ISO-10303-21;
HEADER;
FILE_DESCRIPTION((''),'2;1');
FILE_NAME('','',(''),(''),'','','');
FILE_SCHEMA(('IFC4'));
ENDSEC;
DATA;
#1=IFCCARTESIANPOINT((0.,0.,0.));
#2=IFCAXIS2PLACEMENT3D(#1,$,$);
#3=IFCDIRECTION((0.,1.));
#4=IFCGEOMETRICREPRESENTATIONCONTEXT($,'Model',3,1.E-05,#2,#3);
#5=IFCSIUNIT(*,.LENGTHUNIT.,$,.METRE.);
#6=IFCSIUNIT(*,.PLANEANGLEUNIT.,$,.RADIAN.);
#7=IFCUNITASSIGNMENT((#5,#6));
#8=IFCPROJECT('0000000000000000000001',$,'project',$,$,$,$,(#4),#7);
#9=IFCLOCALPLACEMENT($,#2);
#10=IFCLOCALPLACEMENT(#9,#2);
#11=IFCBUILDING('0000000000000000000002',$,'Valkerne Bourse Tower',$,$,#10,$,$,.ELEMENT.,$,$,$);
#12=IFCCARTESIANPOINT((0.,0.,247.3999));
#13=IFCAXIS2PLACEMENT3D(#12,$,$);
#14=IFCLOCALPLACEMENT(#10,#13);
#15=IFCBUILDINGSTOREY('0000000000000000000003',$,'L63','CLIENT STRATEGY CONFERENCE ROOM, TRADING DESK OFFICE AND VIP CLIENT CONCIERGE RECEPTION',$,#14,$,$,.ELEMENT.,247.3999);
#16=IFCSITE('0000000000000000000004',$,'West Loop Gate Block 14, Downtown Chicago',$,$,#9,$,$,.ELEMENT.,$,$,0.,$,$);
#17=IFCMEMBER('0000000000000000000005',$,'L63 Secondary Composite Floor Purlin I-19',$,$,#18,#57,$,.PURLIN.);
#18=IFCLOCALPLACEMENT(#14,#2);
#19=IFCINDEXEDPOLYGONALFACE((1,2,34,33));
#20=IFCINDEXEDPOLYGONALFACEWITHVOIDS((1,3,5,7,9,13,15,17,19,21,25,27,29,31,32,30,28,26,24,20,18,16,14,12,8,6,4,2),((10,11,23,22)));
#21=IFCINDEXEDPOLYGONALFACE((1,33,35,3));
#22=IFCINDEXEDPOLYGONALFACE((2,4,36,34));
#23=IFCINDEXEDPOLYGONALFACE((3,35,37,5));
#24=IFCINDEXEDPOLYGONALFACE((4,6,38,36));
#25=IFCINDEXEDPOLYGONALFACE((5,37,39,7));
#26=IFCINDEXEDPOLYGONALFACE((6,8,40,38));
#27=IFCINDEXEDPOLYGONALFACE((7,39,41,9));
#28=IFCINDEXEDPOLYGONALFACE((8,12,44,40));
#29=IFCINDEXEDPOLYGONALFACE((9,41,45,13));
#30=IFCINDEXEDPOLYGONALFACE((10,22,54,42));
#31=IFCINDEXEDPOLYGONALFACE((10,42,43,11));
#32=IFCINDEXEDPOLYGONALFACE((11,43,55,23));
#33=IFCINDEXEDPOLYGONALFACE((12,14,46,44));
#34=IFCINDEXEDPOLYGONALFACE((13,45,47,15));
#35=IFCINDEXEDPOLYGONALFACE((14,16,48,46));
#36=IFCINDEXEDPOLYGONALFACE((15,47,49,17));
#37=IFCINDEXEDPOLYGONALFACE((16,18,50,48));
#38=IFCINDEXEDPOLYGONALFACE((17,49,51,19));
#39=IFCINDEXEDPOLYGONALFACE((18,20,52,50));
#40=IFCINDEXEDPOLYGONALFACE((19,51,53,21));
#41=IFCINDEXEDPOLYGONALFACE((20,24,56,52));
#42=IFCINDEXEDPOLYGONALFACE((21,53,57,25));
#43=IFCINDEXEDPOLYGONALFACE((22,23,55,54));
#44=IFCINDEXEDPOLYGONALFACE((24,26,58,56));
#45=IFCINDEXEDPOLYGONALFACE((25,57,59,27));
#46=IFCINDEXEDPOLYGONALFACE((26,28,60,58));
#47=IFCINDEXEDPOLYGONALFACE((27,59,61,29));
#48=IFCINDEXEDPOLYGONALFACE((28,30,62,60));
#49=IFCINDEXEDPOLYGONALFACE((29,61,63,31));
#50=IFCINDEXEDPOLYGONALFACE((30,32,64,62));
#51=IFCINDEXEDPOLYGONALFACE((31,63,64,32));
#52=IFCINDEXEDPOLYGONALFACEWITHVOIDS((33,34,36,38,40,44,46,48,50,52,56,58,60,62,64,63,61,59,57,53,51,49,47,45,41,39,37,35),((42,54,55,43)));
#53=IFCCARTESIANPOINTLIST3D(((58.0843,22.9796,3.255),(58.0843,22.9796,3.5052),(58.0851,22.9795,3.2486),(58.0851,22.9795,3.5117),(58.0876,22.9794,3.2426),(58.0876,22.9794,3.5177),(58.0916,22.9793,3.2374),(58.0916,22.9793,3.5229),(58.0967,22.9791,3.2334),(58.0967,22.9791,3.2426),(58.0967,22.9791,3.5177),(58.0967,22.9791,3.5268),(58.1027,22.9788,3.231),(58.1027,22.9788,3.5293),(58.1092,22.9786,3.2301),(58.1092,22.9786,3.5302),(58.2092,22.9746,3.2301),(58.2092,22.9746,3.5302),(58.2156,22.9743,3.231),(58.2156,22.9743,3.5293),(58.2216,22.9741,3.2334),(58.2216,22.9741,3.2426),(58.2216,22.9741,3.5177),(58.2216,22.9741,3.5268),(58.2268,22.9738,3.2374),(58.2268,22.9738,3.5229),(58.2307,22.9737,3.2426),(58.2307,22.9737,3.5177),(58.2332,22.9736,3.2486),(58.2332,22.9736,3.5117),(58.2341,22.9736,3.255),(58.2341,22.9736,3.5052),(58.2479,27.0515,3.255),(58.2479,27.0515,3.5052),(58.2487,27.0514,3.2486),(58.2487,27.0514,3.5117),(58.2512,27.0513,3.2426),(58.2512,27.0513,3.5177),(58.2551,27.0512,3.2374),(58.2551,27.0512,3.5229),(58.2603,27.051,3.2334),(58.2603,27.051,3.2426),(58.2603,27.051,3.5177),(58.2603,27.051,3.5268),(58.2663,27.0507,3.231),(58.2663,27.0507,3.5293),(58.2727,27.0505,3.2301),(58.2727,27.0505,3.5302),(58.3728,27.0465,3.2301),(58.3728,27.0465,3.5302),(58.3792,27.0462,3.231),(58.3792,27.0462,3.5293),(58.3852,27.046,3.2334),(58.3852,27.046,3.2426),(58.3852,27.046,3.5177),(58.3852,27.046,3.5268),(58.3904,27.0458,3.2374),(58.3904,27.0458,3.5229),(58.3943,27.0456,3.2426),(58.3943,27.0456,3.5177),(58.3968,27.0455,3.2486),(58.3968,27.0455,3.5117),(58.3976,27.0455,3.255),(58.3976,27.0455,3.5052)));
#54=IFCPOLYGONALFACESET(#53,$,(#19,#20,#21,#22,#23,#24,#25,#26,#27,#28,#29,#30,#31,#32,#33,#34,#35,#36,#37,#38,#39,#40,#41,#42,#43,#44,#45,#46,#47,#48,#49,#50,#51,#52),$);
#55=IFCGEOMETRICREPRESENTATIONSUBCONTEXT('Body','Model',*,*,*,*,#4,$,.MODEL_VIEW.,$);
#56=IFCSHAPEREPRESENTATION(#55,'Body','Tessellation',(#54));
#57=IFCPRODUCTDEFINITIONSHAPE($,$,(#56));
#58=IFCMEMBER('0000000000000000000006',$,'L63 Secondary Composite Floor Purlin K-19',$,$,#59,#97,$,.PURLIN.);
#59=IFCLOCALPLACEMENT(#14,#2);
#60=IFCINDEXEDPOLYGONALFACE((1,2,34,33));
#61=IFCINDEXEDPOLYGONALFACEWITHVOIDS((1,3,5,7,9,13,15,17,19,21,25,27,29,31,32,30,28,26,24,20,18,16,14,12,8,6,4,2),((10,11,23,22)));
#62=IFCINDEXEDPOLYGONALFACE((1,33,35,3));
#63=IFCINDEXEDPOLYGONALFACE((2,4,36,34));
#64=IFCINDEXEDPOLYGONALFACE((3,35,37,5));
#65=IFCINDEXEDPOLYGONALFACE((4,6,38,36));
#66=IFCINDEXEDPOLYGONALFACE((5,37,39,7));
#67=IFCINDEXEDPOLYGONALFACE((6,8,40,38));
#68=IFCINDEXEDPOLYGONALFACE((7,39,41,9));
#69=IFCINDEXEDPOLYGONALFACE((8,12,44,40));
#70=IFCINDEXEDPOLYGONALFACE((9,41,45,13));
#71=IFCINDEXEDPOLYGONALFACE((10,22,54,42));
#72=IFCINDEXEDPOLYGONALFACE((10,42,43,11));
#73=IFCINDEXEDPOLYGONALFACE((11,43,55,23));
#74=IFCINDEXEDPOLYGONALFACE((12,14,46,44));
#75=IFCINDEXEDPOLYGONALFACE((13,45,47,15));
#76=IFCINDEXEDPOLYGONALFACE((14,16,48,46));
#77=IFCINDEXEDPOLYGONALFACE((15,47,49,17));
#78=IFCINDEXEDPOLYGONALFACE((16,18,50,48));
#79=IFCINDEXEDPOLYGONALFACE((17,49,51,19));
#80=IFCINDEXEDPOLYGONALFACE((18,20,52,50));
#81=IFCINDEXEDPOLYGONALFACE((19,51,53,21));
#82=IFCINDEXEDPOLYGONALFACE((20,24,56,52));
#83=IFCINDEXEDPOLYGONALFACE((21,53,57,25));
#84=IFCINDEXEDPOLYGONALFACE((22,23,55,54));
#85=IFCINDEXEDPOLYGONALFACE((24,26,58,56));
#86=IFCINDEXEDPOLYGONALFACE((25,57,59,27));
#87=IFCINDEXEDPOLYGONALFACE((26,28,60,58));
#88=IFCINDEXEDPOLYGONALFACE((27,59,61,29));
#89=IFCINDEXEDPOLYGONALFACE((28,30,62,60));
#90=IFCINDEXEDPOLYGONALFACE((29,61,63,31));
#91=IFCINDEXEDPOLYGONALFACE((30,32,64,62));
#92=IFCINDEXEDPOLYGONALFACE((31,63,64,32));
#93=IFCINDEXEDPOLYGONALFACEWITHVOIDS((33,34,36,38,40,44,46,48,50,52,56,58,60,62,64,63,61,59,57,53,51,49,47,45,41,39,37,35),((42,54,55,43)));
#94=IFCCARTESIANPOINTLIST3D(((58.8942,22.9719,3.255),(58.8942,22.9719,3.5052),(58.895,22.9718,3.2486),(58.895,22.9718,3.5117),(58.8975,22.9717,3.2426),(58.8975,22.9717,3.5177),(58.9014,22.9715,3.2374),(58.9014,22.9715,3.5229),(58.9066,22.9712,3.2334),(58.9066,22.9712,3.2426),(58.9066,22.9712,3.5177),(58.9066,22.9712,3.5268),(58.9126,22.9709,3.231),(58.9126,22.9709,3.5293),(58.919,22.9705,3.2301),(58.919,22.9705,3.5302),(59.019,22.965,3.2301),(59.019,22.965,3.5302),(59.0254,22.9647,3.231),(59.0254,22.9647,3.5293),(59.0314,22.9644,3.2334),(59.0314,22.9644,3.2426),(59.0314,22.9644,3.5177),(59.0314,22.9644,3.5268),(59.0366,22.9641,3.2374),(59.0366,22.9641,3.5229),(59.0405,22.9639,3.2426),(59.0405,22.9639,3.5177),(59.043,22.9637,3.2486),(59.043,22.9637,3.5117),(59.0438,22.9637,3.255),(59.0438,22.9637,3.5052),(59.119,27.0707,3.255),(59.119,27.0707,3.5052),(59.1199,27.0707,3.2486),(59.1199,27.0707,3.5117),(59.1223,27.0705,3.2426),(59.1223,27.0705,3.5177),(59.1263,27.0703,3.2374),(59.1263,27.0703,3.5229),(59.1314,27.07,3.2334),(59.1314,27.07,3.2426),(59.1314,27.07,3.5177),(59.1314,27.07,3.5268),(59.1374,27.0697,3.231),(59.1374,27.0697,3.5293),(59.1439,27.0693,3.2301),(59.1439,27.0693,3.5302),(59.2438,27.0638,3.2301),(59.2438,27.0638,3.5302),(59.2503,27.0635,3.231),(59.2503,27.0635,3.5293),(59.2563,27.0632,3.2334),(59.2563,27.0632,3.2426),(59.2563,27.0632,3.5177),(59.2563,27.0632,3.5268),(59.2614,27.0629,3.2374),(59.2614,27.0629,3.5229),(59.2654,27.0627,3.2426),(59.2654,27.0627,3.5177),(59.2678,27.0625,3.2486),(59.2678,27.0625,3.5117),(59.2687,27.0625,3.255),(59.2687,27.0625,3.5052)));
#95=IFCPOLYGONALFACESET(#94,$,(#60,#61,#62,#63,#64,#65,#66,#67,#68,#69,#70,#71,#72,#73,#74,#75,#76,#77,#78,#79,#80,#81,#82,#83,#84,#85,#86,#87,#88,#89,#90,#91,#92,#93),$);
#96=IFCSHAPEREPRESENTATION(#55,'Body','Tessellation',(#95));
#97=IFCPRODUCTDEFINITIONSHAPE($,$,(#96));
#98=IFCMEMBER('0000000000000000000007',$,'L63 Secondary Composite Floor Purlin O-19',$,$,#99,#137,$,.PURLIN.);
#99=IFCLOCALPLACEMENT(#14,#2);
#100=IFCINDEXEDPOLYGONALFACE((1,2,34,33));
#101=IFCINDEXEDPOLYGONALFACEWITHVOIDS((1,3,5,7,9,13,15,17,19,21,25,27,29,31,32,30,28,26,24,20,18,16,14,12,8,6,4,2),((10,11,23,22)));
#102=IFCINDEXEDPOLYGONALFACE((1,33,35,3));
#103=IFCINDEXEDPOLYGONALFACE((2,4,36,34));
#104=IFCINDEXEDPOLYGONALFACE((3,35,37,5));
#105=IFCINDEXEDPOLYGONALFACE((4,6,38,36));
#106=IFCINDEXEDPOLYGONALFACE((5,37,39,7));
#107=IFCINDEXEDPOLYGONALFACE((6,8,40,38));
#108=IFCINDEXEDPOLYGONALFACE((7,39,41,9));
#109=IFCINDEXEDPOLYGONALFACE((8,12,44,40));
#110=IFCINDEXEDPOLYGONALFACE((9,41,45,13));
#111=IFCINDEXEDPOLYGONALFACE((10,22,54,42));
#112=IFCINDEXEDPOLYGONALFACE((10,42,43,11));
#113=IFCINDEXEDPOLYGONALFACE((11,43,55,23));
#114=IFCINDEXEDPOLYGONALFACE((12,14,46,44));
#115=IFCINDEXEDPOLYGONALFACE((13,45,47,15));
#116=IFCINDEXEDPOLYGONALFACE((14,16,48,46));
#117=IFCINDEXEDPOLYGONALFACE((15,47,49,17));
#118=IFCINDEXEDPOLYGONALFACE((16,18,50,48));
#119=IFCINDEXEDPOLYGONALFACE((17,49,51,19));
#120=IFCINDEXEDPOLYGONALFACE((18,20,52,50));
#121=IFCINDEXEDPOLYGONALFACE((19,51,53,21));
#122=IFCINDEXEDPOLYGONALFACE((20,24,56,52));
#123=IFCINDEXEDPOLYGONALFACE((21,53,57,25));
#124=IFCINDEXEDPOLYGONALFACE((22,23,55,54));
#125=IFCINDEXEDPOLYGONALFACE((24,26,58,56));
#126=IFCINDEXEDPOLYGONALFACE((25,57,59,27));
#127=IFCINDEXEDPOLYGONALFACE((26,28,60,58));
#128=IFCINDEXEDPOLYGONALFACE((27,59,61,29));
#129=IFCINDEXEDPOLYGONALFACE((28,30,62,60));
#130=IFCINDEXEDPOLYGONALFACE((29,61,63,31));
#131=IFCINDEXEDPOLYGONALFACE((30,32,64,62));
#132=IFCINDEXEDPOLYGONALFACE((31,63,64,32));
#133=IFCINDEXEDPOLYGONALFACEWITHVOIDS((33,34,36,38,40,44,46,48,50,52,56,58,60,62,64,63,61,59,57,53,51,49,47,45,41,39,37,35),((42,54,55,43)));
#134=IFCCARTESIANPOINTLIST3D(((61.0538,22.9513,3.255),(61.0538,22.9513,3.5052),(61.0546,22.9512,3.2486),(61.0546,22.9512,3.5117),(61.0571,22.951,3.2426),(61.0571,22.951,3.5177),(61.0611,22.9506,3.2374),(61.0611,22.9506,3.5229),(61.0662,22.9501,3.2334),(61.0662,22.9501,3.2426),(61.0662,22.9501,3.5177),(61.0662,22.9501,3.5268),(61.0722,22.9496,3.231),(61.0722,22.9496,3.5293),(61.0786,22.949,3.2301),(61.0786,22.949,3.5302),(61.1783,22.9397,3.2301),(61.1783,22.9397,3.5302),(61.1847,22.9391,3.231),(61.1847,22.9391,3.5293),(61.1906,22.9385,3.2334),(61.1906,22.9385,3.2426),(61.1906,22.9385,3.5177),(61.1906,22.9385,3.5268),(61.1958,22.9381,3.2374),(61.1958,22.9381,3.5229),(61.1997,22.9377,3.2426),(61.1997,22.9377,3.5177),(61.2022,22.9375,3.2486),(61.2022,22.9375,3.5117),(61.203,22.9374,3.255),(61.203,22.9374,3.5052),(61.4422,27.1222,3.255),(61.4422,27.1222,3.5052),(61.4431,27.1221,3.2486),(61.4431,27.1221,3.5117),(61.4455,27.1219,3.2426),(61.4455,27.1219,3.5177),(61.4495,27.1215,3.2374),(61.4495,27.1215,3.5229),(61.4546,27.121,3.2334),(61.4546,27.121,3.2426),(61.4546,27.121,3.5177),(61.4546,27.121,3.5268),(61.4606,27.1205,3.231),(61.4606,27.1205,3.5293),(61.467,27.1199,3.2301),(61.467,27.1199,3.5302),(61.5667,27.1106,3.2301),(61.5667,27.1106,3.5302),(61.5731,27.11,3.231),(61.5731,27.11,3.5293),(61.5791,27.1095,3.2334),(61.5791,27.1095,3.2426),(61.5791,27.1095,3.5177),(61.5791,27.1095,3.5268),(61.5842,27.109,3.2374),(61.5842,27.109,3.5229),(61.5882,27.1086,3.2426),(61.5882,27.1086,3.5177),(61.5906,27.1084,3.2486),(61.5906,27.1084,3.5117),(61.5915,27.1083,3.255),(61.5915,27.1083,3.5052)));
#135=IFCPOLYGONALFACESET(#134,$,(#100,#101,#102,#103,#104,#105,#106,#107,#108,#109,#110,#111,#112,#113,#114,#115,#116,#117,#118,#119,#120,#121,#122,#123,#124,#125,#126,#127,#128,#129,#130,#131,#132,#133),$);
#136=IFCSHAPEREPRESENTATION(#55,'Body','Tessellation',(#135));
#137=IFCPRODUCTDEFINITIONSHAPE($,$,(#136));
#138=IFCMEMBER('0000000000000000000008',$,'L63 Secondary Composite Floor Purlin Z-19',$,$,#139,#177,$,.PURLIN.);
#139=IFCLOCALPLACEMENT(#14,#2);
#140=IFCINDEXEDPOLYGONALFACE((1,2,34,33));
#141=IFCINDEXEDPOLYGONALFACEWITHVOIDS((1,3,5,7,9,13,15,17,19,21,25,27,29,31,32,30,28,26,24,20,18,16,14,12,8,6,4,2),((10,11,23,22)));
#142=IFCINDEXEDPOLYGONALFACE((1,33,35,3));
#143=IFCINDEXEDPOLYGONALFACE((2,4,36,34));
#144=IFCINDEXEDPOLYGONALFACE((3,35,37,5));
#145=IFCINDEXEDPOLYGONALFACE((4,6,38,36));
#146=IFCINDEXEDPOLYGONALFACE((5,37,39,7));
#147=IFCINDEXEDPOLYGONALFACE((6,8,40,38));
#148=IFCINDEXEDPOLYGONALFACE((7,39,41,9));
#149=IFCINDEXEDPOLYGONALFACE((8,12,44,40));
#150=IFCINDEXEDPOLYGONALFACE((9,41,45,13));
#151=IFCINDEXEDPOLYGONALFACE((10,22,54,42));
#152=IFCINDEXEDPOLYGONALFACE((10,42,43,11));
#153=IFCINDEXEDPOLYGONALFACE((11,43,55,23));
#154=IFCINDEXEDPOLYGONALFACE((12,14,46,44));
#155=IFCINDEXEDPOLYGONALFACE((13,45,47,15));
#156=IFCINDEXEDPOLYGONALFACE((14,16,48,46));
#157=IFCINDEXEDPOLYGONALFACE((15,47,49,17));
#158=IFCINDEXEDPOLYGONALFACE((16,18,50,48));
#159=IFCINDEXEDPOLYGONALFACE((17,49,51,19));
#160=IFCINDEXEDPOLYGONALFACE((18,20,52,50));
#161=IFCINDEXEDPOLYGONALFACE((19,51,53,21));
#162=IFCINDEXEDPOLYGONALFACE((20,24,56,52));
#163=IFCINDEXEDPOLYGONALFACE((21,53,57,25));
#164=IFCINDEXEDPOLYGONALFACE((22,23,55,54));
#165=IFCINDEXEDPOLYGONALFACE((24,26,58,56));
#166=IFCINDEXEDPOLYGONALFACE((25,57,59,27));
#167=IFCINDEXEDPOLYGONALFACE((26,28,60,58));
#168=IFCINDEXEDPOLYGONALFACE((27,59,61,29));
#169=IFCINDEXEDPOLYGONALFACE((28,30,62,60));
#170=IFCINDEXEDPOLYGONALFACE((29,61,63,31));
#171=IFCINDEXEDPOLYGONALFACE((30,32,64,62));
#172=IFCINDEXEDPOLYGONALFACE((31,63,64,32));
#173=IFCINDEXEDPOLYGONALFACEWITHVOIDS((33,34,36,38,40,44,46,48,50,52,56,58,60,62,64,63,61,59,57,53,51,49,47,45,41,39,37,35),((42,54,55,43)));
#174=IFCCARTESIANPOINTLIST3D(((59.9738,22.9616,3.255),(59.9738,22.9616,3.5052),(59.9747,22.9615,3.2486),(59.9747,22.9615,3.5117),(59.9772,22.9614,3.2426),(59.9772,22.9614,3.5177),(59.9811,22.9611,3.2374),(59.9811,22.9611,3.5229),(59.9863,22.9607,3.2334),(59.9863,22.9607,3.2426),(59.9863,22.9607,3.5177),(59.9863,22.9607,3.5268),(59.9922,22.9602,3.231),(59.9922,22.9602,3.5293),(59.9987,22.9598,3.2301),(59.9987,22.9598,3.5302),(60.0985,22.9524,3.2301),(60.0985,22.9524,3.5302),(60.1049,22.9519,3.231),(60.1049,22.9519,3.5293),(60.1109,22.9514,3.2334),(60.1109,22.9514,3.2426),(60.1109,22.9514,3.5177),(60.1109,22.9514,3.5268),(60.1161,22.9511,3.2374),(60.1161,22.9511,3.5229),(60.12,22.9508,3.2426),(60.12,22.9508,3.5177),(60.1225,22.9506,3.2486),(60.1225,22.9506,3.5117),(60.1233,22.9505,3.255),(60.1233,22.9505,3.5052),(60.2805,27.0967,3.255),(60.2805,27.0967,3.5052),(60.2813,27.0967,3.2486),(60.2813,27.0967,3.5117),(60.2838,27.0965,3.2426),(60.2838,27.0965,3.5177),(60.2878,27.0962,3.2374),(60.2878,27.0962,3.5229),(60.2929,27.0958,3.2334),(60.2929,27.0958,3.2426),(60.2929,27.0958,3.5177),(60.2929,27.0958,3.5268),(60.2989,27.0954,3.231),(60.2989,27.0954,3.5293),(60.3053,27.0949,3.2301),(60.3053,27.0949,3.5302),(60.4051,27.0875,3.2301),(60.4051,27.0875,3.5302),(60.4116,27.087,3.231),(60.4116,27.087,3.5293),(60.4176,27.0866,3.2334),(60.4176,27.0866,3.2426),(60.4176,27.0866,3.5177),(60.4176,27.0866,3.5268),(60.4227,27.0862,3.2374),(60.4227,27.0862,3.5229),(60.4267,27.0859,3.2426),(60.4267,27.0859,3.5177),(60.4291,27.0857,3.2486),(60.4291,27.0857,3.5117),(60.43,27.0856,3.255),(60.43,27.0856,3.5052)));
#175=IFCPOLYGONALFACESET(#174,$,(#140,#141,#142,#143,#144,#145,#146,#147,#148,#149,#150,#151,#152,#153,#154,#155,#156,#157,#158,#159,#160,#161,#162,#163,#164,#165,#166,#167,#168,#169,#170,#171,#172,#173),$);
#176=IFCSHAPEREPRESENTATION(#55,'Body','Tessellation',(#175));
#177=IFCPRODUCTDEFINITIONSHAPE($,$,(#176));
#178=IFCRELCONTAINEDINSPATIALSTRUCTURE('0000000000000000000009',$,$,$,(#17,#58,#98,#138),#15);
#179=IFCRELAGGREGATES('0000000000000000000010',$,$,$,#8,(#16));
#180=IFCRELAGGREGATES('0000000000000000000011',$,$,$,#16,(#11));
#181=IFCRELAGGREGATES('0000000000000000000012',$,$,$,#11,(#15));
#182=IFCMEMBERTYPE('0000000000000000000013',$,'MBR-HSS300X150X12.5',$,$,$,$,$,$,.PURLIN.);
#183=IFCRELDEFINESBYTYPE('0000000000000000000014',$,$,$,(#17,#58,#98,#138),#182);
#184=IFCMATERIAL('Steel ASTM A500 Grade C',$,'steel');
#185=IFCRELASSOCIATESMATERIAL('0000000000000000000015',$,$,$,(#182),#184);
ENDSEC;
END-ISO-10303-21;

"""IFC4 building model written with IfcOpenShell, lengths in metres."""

from ifc_helpers import new_model, si_unit, direction, frame, origin, origin_2d, place, context, subcontext, project, spatial, hollow_rectangle, extrude, material, material_profile, profile_set, type_object, element, save


model = new_model("IFC4")

# Units and contexts
model_context = context("Model", 3, precision=1e-05, world=origin(), true_north=direction((0.0, 1.0)))
body_context = subcontext(model_context, "Body", "Model", "MODEL_VIEW")
ifc_project = project(units=[si_unit("LENGTHUNIT", "METRE"), si_unit("PLANEANGLEUNIT", "RADIAN")], contexts=[model_context])

# Site, building, storey
site_placement = place(None, origin())
site = spatial("IfcSite", under=ifc_project, at=site_placement, Name="West Loop Gate Block 14, Downtown Chicago", CompositionType="ELEMENT", RefElevation=0.0)
building_placement = place(site_placement, origin())
building = spatial("IfcBuilding", under=site, at=building_placement, Name="Valkerne Bourse Tower", CompositionType="ELEMENT")
storey_placement = place(building_placement, frame((0.0, 0.0, 247.3999)))
storey = spatial("IfcBuildingStorey", under=building, at=storey_placement, Name="L63", Description="CLIENT STRATEGY CONFERENCE ROOM, TRADING DESK OFFICE AND VIP CLIENT CONCIERGE RECEPTION", CompositionType="ELEMENT", Elevation=247.3999)

# Members
ifc_material_1 = material(Name="Steel ASTM A500 Grade C", Category="steel")
ifc_material_profile_1 = material_profile(ifc_material_1, hollow_rectangle(XDim=0.1499, YDim=0.3, WallThickness=0.0125, OuterFilletRadius=0.0249, at=origin_2d()), Name="HSS300X150X12.5")
ifc_profile_set_1 = profile_set([ifc_material_profile_1], Name="Steel ASTM A500 Grade C")
member_type_1 = type_object("IfcMemberType", Name="MBR-HSS300X150X12.5", PredefinedType="PURLIN", material=ifc_profile_set_1)
member_1_placement = place(storey_placement, frame((58.1592, 22.9766, 3.3801), z_axis=(0.040138, 0.999194, 0.0), x_axis=(-0.999194, 0.040138, 0.0)))
element("IfcMember", 1, at=member_1_placement, inside=storey, type_object=member_type_1, Name="L63 Secondary Composite Floor Purlin I-19", PredefinedType="PURLIN", context=body_context, shape_type="SweptSolid", body=[
    extrude(hollow_rectangle(XDim=0.1499, YDim=0.3, WallThickness=0.0125, OuterFilletRadius=0.0249, at=origin_2d()), origin(), (0.0, 0.0, 1.0), 4.0752),
])
member_2_placement = place(storey_placement, frame((58.969, 22.9678, 3.3801), z_axis=(0.054775, 0.998499, 0.0), x_axis=(-0.998499, 0.054775, 0.0)))
element("IfcMember", 2, at=member_2_placement, inside=storey, type_object=member_type_1, Name="L63 Secondary Composite Floor Purlin K-19", PredefinedType="PURLIN", context=body_context, shape_type="SweptSolid", body=[
    extrude(hollow_rectangle(XDim=0.1499, YDim=0.3, WallThickness=0.0125, OuterFilletRadius=0.0249, at=origin_2d()), origin(), (0.0, 0.0, 1.0), 4.105),
])
member_3_placement = place(storey_placement, frame((61.1284, 22.9443, 3.3801), z_axis=(0.092727, 0.995692, 0.0), x_axis=(-0.995692, 0.092727, 0.0)))
element("IfcMember", 3, at=member_3_placement, inside=storey, type_object=member_type_1, Name="L63 Secondary Composite Floor Purlin O-19", PredefinedType="PURLIN", context=body_context, shape_type="SweptSolid", body=[
    extrude(hollow_rectangle(XDim=0.1499, YDim=0.3, WallThickness=0.0125, OuterFilletRadius=0.0249, at=origin_2d()), origin(), (0.0, 0.0, 1.0), 4.189),
])
member_4_placement = place(storey_placement, frame((60.0486, 22.9561, 3.3801), z_axis=(0.073954, 0.997262, 0.0), x_axis=(-0.997262, 0.073954, 0.0)))
element("IfcMember", 4, at=member_4_placement, inside=storey, type_object=member_type_1, Name="L63 Secondary Composite Floor Purlin Z-19", PredefinedType="PURLIN", context=body_context, shape_type="SweptSolid", body=[
    extrude(hollow_rectangle(XDim=0.1499, YDim=0.3, WallThickness=0.0125, OuterFilletRadius=0.0249, at=origin_2d()), origin(), (0.0, 0.0, 1.0), 4.1465),
])

save(model, "model.ifc")
